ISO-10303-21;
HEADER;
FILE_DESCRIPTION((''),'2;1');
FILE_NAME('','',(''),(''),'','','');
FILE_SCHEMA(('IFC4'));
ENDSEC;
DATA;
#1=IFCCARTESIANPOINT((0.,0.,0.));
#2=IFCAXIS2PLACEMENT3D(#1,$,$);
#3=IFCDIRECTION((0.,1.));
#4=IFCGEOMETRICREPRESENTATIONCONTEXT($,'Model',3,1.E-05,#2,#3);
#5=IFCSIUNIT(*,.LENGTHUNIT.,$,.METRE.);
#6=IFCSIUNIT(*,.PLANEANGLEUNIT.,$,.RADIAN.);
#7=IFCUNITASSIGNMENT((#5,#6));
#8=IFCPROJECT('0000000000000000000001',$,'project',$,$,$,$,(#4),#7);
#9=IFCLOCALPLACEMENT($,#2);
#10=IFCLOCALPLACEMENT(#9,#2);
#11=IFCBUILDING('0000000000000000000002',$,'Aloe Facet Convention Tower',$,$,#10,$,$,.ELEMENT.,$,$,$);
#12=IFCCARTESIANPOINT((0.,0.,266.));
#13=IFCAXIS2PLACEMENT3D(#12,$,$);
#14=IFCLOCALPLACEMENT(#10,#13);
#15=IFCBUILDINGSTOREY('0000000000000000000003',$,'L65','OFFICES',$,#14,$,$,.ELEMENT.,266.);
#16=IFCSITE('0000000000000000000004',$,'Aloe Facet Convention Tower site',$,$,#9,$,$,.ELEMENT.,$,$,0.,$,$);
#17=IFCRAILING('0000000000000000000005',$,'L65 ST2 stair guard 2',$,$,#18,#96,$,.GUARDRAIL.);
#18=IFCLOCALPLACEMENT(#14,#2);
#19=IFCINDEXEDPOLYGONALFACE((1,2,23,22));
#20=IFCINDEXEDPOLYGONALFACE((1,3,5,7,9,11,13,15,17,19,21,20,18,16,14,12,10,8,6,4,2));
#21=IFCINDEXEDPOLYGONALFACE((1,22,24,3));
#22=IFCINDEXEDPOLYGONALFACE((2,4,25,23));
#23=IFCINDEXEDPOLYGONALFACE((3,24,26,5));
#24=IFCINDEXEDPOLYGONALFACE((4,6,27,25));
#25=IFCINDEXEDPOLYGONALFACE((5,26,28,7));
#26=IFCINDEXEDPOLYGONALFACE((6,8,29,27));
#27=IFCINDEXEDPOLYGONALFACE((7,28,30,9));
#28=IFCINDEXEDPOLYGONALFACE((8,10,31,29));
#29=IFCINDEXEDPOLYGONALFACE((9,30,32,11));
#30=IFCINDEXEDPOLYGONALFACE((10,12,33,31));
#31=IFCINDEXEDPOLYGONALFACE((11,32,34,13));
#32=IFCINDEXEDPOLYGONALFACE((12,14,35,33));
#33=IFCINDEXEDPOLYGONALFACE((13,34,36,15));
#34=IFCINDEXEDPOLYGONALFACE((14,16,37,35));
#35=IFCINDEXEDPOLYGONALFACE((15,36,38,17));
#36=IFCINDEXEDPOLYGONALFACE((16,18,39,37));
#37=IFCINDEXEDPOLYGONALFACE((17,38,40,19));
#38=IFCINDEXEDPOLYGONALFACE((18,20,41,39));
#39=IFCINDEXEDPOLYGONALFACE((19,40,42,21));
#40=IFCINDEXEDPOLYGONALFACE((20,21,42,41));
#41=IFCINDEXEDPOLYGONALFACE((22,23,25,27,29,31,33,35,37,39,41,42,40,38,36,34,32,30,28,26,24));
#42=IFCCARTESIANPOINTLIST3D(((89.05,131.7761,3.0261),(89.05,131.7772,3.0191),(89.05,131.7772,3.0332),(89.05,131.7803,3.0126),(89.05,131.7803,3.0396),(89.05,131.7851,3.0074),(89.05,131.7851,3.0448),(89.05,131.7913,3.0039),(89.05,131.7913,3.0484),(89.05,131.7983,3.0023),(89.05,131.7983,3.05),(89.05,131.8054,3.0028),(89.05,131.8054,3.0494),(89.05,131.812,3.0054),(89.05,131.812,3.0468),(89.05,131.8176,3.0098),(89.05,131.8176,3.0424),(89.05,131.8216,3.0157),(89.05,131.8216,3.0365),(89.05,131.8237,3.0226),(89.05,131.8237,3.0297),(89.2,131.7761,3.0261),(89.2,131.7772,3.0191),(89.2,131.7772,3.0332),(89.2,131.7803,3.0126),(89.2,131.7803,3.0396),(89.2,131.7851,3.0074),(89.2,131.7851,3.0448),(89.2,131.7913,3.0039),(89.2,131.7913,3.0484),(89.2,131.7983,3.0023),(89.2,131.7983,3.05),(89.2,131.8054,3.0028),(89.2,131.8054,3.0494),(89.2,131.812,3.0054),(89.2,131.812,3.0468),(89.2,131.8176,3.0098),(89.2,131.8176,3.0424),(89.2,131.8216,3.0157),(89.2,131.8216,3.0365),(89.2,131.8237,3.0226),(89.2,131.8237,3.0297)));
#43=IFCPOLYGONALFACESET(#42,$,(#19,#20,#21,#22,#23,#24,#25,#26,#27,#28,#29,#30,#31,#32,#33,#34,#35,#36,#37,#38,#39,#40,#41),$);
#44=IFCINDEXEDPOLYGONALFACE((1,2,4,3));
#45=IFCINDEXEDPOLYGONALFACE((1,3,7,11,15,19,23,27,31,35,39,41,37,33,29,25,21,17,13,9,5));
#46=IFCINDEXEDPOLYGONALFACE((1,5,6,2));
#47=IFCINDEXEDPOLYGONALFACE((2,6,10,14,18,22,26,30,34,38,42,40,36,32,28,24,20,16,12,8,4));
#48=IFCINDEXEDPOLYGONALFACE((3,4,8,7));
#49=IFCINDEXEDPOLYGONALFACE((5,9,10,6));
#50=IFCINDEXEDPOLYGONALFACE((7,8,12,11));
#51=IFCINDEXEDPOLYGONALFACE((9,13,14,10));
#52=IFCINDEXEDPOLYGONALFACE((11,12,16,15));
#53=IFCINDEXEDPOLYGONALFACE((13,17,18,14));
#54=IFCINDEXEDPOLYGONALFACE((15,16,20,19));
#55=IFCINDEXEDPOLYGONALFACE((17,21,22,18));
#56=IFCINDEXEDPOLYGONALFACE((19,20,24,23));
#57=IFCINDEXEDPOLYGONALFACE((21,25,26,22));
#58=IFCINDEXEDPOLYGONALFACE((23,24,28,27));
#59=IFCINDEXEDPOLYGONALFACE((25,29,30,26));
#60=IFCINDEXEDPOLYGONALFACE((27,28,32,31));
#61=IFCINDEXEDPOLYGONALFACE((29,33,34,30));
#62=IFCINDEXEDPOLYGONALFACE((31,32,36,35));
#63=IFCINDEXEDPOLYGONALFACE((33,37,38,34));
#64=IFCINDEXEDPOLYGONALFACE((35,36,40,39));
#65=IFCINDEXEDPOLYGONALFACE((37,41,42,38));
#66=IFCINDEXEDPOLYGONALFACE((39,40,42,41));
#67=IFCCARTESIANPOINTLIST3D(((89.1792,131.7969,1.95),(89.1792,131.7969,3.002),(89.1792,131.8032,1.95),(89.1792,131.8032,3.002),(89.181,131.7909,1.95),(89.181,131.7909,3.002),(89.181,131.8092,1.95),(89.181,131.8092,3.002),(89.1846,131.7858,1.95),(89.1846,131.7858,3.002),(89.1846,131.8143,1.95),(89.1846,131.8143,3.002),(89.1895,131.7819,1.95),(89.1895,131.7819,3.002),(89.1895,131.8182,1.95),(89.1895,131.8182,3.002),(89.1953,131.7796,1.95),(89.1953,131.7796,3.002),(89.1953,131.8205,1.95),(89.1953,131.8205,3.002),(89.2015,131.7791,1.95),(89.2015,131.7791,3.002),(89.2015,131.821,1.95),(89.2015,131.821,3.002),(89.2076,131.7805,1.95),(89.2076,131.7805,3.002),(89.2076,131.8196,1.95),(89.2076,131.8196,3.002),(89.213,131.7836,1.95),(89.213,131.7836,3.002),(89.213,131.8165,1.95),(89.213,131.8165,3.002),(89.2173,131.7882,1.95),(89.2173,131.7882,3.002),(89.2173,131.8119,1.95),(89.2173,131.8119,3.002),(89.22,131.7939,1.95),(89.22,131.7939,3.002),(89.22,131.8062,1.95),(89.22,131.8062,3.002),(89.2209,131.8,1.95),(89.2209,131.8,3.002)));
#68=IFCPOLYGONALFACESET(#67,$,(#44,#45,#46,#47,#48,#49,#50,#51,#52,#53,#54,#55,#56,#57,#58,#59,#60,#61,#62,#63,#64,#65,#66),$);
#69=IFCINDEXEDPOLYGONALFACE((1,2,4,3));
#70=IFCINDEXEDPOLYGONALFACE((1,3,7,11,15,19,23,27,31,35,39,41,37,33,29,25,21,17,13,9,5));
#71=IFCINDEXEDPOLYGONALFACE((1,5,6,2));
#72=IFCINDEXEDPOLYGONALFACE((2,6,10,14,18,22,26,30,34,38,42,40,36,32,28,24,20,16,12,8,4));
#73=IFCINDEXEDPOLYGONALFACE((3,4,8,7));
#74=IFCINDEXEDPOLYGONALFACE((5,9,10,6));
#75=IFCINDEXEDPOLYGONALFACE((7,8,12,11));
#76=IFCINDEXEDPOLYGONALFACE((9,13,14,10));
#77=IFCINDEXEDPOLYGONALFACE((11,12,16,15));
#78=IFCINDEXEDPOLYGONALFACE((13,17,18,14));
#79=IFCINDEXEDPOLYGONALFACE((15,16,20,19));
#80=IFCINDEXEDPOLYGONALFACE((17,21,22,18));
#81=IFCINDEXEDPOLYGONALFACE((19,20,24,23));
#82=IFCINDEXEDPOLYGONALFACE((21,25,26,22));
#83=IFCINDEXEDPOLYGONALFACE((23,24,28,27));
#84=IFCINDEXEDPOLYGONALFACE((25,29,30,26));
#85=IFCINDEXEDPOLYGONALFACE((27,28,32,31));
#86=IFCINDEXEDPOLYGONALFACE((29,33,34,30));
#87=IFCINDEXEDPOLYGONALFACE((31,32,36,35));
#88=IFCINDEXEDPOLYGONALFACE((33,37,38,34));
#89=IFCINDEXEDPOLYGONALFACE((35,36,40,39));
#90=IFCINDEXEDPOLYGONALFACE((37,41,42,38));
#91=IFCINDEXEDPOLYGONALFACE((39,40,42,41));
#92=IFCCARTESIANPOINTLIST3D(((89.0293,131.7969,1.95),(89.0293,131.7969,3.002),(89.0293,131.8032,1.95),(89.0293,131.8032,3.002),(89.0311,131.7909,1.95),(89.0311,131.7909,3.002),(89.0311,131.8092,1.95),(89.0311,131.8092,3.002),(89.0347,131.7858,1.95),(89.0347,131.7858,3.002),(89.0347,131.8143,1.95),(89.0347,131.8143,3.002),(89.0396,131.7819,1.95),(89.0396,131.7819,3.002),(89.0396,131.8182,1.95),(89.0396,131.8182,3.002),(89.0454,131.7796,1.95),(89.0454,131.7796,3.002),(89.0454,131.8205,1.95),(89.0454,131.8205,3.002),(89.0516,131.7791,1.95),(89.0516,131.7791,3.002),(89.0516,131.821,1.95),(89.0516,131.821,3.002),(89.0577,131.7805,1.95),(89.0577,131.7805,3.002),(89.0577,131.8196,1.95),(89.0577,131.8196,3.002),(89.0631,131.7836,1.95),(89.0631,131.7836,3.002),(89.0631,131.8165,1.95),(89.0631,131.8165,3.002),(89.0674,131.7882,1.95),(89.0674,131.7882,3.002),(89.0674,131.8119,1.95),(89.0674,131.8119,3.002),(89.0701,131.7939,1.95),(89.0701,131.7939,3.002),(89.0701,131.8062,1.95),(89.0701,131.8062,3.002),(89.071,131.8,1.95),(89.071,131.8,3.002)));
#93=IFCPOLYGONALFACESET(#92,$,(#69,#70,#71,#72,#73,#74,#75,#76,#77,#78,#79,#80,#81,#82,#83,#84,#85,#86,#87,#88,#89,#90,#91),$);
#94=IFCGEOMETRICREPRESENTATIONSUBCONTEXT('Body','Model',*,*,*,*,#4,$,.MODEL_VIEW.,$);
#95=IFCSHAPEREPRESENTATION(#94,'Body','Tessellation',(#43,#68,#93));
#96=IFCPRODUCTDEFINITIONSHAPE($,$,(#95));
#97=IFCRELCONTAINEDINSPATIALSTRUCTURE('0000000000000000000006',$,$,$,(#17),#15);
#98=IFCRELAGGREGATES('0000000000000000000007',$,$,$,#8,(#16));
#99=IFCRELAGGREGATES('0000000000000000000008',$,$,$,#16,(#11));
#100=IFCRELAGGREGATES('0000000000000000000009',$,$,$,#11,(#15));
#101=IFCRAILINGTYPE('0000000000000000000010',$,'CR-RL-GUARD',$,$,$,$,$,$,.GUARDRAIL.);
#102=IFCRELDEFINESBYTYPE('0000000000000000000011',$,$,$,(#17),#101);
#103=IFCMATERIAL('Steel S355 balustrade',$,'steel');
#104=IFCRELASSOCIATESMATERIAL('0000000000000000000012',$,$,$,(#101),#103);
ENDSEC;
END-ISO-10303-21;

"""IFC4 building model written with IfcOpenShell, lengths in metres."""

from ifc_helpers import new_model, si_unit, direction, frame, origin, origin_2d, place, context, subcontext, project, spatial, circle, extrude, material, type_object, element, save


model = new_model("IFC4")

# Units and contexts
model_context = context("Model", 3, precision=1e-05, world=origin(), true_north=direction((0.0, 1.0)))
body_context = subcontext(model_context, "Body", "Model", "MODEL_VIEW")
ifc_project = project(units=[si_unit("LENGTHUNIT", "METRE"), si_unit("PLANEANGLEUNIT", "RADIAN")], contexts=[model_context])

# Site, building, storey
site_placement = place(None, origin())
site = spatial("IfcSite", under=ifc_project, at=site_placement, Name="Aloe Facet Convention Tower site", CompositionType="ELEMENT", RefElevation=0.0)
building_placement = place(site_placement, origin())
building = spatial("IfcBuilding", under=site, at=building_placement, Name="Aloe Facet Convention Tower", CompositionType="ELEMENT")
storey_placement = place(building_placement, frame((0.0, 0.0, 266.0)))
storey = spatial("IfcBuildingStorey", under=building, at=storey_placement, Name="L65", Description="OFFICES", CompositionType="ELEMENT", Elevation=266.0)

# Railing
ifc_material_1 = material(Name="Steel S355 balustrade", Category="steel")
railing_type_1 = type_object("IfcRailingType", Name="CR-RL-GUARD", PredefinedType="GUARDRAIL", material=ifc_material_1)
railing_1_placement = place(storey_placement, frame((89.2, 131.8, 1.95)))
element("IfcRailing", 1, at=railing_1_placement, inside=storey, type_object=railing_type_1, Name="L65 ST2 stair guard 2", PredefinedType="GUARDRAIL", context=body_context, shape_type="SweptSolid", body=[
    extrude(circle(Radius=0.0239, at=origin_2d()), frame((0.0, 0.0, 1.0762), z_axis=(-1.0, 0.0, 0.0), x_axis=(0.0, -1.0, 0.0)), (0.0, 0.0, 1.0), 0.1499),
    extrude(circle(Radius=0.021, at=origin_2d()), origin(), (0.0, 0.0, 1.0), 1.052),
    extrude(circle(Radius=0.021, at=origin_2d()), frame((-0.1499, 0.0, 0.0)), (0.0, 0.0, 1.0), 1.052),
])

save(model, "model.ifc")
